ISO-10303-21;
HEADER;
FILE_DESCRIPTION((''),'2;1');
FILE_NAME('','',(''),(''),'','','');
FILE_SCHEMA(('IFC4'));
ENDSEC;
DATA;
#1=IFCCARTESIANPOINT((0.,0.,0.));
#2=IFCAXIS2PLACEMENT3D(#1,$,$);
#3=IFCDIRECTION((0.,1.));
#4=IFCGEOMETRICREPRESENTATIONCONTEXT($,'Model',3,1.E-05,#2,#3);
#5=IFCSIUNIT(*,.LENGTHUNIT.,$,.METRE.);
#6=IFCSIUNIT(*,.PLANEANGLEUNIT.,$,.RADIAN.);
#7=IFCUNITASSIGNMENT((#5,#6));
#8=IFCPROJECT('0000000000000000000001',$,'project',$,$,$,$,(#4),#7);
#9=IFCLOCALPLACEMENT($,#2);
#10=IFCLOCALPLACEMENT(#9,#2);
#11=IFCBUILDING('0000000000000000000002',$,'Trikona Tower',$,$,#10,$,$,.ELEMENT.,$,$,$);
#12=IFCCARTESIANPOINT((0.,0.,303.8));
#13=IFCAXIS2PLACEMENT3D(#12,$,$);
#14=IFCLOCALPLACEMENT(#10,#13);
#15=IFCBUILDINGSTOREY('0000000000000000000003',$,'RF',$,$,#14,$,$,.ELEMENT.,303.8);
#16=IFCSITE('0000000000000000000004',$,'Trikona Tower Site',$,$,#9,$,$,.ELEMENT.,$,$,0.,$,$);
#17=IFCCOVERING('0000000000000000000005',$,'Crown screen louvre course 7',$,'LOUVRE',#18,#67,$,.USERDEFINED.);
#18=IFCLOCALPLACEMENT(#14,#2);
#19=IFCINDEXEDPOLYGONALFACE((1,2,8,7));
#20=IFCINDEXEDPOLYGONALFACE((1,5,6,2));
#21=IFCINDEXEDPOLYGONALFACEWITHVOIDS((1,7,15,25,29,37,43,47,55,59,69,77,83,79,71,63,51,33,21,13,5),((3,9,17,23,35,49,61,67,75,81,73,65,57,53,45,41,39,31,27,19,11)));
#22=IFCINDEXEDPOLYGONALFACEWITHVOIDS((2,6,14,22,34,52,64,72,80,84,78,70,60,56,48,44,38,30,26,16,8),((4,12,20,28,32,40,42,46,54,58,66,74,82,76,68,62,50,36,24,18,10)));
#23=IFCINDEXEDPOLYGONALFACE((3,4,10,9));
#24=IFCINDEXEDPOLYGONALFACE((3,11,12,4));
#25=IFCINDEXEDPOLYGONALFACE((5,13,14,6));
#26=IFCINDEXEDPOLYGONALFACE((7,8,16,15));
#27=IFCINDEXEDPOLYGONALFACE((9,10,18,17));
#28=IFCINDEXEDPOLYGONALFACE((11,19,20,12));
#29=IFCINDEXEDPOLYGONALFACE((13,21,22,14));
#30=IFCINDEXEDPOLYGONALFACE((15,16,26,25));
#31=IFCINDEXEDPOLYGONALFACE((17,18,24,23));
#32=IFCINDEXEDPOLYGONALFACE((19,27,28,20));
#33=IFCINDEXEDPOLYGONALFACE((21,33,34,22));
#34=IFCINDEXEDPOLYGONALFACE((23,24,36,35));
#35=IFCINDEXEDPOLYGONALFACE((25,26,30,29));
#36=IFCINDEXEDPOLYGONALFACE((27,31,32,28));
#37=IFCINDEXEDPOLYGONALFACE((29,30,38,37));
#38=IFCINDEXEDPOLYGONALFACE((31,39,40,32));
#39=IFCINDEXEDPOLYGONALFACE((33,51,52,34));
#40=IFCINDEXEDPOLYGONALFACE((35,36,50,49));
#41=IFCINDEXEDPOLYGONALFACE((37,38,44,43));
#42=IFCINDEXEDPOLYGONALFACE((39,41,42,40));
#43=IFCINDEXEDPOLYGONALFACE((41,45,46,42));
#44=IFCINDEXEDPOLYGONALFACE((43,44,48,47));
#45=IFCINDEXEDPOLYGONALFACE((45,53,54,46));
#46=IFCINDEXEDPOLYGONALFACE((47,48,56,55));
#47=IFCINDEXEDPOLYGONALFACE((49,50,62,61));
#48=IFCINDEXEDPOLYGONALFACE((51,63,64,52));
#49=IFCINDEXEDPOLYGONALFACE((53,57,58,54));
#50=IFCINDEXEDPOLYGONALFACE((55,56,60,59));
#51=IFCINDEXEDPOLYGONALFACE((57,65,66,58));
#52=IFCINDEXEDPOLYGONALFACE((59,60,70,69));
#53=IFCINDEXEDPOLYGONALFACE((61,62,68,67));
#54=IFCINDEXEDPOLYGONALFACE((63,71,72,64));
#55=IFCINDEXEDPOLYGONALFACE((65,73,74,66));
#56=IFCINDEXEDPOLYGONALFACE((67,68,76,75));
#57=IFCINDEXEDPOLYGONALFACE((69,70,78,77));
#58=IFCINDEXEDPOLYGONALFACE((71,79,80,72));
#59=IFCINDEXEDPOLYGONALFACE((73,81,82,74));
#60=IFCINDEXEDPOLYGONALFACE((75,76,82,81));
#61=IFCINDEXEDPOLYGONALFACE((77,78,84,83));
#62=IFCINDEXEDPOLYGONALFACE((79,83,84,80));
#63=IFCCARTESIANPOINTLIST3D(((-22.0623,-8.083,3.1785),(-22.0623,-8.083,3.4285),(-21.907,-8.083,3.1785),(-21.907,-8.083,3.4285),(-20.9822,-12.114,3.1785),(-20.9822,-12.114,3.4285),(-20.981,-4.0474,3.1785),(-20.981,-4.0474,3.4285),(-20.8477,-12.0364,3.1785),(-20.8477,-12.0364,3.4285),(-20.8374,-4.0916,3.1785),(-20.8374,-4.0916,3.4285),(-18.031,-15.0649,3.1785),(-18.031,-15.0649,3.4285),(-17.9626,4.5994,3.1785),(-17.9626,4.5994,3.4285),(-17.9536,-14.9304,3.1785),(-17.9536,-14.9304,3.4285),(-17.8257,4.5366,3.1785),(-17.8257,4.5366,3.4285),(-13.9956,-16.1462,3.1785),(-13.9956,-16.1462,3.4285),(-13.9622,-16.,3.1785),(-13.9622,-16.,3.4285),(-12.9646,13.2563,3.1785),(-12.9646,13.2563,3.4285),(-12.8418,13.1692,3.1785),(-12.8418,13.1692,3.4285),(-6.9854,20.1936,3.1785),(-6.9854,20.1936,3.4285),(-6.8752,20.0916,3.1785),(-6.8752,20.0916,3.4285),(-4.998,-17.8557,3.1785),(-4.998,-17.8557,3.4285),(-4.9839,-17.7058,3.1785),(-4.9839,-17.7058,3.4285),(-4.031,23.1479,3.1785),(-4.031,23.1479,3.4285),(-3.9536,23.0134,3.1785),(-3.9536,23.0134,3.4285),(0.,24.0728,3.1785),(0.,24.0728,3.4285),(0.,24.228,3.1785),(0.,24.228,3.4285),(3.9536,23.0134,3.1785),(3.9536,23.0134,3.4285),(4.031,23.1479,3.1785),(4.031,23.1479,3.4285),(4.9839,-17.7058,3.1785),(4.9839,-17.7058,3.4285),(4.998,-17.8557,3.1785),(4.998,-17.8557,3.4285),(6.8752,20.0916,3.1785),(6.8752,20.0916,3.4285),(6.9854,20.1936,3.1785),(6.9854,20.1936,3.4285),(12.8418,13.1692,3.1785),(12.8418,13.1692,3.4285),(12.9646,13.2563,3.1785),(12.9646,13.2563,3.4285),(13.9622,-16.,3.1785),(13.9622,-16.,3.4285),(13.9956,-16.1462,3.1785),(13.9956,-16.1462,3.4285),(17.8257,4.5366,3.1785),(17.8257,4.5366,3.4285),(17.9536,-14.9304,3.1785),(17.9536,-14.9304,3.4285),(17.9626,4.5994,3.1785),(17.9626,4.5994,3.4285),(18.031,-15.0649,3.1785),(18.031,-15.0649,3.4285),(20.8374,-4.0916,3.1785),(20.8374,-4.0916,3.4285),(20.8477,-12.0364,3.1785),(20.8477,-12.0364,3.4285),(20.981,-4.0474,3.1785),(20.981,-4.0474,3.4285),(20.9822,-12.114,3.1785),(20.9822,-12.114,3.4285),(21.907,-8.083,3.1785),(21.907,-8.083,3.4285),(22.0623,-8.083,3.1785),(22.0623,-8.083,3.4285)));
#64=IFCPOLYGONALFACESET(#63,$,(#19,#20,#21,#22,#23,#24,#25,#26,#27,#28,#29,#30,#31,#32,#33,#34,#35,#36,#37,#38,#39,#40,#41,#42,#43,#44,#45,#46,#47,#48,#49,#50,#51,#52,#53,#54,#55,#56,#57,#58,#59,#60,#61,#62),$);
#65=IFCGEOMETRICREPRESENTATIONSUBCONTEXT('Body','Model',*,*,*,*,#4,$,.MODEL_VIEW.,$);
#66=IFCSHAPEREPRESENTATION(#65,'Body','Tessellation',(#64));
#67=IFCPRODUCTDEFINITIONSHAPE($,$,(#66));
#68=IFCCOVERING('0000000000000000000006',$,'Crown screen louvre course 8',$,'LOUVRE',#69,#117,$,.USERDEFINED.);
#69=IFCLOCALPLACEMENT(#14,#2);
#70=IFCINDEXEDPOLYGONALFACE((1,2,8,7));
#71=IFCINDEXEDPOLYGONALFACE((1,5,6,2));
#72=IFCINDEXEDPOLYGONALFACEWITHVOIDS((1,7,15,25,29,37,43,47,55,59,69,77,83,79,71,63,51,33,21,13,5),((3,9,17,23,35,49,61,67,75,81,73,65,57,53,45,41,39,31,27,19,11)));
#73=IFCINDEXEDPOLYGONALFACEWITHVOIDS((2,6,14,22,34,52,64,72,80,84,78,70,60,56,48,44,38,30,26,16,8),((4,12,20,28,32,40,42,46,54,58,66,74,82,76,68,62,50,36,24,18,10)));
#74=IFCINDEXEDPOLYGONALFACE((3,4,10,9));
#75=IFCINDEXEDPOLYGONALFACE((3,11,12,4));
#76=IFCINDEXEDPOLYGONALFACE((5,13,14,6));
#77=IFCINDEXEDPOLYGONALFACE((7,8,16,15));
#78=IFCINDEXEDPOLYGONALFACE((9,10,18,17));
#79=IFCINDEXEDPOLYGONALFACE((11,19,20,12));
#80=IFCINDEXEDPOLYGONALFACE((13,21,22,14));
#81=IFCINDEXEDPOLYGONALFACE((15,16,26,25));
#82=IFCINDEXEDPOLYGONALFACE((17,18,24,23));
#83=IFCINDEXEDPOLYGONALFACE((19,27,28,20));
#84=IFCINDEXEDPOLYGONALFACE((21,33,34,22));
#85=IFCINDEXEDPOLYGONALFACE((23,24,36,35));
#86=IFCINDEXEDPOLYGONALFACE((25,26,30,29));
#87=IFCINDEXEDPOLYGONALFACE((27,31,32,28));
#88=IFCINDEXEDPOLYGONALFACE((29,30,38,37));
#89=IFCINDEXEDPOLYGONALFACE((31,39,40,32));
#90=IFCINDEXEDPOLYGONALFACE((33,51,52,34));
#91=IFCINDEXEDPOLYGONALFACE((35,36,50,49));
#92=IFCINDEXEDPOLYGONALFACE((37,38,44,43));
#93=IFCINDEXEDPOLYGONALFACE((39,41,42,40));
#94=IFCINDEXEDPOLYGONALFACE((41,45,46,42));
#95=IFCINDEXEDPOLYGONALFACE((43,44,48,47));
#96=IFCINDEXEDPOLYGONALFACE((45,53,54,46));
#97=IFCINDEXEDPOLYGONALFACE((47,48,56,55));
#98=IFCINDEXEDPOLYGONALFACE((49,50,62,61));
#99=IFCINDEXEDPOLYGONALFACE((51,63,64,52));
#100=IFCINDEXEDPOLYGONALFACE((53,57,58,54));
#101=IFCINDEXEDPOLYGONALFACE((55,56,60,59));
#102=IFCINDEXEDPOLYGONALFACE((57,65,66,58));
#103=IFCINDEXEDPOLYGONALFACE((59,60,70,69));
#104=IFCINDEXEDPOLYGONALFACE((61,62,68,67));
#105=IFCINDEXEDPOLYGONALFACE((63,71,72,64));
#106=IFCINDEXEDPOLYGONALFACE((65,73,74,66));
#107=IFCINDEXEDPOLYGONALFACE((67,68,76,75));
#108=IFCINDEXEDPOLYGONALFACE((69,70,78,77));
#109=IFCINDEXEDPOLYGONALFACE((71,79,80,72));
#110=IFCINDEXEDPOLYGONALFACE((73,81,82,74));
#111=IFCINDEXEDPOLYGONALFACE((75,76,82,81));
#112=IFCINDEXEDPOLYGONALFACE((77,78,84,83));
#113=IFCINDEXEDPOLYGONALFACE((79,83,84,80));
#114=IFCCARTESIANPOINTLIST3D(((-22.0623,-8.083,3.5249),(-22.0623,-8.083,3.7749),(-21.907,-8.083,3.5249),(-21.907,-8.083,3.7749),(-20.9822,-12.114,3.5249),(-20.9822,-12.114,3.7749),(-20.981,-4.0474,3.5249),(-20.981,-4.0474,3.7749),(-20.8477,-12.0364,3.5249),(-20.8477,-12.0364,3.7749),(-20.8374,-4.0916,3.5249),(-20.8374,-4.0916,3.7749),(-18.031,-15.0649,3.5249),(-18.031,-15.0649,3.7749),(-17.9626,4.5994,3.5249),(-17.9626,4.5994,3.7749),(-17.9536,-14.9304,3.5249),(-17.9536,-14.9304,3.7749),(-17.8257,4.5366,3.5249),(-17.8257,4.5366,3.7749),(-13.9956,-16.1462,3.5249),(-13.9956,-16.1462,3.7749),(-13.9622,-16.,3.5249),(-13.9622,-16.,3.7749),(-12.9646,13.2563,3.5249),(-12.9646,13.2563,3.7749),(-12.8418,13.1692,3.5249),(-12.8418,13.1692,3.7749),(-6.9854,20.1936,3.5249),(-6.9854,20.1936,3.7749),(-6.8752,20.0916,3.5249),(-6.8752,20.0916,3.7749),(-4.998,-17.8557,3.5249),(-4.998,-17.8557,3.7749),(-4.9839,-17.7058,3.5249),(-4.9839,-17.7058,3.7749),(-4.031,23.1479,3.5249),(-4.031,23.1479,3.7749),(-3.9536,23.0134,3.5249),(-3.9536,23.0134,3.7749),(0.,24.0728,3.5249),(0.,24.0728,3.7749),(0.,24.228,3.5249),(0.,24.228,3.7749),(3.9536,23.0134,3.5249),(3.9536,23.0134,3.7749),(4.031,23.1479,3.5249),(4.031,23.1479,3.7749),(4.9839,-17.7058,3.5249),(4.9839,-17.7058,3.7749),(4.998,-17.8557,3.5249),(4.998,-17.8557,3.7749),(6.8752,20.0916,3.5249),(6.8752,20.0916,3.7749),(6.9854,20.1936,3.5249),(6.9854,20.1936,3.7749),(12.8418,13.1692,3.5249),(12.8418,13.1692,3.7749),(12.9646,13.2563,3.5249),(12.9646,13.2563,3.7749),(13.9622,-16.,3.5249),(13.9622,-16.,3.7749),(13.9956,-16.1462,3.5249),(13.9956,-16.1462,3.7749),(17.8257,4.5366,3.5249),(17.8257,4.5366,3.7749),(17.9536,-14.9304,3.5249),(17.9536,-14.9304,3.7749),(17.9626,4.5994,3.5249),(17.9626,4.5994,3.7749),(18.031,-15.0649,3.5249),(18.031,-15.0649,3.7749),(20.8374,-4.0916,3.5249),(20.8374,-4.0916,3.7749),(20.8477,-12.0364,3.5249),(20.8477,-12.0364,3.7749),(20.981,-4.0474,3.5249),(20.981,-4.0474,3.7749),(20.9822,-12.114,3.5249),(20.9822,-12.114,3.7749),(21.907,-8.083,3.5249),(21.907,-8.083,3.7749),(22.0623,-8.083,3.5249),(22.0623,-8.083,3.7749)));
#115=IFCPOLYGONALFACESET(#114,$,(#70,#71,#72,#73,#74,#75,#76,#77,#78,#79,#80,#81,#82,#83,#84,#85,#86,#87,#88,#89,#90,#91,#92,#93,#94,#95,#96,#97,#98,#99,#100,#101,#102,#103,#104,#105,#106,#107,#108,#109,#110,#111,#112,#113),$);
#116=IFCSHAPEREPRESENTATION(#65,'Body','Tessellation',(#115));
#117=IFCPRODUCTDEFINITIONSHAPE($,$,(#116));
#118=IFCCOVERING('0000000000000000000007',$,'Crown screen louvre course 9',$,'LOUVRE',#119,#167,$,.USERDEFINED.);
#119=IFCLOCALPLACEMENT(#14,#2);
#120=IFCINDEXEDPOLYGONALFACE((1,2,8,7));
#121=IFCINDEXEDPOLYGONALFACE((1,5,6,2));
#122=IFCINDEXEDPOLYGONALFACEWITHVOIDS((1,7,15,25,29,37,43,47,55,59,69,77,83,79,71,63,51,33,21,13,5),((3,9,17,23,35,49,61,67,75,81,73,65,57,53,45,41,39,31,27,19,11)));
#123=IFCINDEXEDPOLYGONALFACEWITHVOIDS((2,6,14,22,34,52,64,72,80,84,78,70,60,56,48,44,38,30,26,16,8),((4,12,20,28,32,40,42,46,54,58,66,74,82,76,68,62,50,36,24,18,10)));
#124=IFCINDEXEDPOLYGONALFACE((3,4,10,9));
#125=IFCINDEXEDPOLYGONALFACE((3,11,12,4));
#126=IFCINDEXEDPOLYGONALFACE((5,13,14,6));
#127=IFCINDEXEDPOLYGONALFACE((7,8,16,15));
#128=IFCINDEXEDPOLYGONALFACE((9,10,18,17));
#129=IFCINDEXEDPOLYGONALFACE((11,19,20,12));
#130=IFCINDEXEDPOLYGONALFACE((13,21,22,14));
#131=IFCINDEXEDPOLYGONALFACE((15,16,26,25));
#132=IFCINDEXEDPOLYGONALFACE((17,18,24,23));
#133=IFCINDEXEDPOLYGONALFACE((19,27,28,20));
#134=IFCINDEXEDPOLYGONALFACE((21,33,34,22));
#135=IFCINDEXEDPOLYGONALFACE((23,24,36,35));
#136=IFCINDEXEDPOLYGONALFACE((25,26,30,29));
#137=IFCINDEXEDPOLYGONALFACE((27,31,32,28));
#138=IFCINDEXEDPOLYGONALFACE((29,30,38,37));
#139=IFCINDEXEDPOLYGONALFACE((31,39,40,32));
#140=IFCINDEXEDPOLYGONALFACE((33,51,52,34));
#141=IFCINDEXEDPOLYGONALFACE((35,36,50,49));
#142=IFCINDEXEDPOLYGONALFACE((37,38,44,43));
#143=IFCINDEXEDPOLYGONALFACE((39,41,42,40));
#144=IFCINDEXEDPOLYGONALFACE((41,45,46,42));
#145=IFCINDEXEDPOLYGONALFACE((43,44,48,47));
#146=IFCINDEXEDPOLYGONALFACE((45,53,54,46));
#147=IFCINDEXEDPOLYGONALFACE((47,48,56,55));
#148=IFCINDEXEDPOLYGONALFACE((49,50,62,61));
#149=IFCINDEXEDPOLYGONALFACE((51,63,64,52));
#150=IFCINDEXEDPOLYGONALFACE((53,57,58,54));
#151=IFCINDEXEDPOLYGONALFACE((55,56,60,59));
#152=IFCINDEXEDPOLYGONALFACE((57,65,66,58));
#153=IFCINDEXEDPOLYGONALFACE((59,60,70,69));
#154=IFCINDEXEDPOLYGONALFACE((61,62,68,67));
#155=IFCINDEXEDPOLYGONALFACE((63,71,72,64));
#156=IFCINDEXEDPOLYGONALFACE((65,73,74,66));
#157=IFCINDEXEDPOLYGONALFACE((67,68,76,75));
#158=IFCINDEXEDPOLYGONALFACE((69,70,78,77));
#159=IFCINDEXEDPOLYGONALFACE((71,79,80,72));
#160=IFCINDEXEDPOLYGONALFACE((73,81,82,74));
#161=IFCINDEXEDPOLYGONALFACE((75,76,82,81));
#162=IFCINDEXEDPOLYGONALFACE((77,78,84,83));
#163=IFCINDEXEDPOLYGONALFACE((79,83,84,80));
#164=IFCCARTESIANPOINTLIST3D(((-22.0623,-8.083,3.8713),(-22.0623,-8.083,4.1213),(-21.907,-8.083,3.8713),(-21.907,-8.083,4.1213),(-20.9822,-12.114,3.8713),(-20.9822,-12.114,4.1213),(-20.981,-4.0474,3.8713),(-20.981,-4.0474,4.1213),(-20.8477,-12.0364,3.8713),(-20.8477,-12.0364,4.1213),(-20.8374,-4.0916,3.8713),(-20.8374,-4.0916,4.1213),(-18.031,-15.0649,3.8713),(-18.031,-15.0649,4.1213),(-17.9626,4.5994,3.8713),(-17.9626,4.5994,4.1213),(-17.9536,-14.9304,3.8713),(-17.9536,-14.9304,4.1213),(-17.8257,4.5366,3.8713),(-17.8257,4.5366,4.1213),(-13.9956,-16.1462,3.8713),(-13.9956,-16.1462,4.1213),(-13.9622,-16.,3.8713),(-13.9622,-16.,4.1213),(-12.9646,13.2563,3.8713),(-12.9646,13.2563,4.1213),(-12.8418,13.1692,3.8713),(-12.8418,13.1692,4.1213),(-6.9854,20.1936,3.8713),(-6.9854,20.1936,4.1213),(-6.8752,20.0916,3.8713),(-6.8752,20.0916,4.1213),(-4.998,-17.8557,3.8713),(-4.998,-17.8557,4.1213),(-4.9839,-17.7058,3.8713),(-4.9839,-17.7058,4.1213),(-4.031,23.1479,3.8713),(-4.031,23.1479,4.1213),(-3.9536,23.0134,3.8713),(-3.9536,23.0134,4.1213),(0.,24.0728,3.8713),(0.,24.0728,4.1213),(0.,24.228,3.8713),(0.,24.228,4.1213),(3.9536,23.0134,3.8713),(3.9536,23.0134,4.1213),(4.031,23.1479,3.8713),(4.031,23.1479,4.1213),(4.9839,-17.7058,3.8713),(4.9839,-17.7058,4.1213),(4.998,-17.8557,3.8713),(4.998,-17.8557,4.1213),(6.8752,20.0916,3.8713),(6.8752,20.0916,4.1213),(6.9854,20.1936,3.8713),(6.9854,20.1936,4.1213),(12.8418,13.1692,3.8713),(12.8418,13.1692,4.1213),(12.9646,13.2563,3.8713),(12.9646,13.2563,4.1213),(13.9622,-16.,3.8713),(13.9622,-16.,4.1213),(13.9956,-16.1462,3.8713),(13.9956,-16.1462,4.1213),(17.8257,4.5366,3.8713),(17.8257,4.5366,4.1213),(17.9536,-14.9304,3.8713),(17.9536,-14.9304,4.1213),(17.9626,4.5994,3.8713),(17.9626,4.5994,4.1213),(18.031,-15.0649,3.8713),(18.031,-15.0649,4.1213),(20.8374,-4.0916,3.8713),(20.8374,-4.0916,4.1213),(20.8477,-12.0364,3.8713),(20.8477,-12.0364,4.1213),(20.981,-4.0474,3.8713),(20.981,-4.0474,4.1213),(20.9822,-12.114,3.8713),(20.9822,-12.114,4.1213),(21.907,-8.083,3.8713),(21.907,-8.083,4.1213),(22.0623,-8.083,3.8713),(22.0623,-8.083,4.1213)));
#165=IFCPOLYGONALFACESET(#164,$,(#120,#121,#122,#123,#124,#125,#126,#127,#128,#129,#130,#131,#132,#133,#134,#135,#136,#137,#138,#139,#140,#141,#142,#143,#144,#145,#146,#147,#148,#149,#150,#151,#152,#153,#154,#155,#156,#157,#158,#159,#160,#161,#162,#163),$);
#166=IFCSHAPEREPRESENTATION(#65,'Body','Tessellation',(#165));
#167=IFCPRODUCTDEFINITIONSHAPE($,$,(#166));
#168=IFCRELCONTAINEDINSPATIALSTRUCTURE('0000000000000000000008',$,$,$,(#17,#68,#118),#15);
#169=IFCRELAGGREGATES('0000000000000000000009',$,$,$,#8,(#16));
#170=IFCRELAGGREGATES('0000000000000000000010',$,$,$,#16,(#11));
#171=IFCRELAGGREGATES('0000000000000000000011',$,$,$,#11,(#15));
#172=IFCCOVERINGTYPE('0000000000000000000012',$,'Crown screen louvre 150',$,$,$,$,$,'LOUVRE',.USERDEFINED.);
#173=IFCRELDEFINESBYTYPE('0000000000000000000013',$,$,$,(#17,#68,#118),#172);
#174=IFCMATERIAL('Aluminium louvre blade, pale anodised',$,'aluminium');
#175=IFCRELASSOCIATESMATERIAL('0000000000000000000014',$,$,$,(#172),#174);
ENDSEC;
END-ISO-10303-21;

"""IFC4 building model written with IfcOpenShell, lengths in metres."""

from ifc_helpers import new_model, si_unit, direction, frame, origin, place, context, subcontext, project, spatial, polyline, outline, extrude, material, type_object, element, save


model = new_model("IFC4")

# Units and contexts
model_context = context("Model", 3, precision=1e-05, world=origin(), true_north=direction((0.0, 1.0)))
body_context = subcontext(model_context, "Body", "Model", "MODEL_VIEW")
ifc_project = project(units=[si_unit("LENGTHUNIT", "METRE"), si_unit("PLANEANGLEUNIT", "RADIAN")], contexts=[model_context])

# Site, building, storey
site_placement = place(None, origin())
site = spatial("IfcSite", under=ifc_project, at=site_placement, Name="Trikona Tower Site", CompositionType="ELEMENT", RefElevation=0.0)
building_placement = place(site_placement, origin())
building = spatial("IfcBuilding", under=site, at=building_placement, Name="Trikona Tower", CompositionType="ELEMENT")
storey_placement = place(building_placement, frame((0.0, 0.0, 303.8)))
storey = spatial("IfcBuildingStorey", under=building, at=storey_placement, Name="RF", CompositionType="ELEMENT", Elevation=303.8)

# Coverings
ifc_material_1 = material(Name="Aluminium louvre blade, pale anodised", Category="aluminium")
covering_type_1 = type_object("IfcCoveringType", Name="Crown screen louvre 150", ElementType="LOUVRE", PredefinedType="USERDEFINED", material=ifc_material_1)
for number, where, name in (
    (1, (0.0, 0.0, 3.1785), "Crown screen louvre course 7"),
    (2, (0.0, 0.0, 3.5249), "Crown screen louvre course 8"),
    (3, (0.0, 0.0, 3.8713), "Crown screen louvre course 9"),
):
    element("IfcCovering", number, at=place(storey_placement, frame(where)), inside=storey, type_object=covering_type_1, Name=name, ObjectType="LOUVRE", PredefinedType="USERDEFINED", context=body_context, shape_type="SweptSolid", body=[
        extrude(outline(polyline([(-13.9956, -16.1462), (-18.031, -15.0649), (-20.9822, -12.114), (-22.0623, -8.083), (-20.981, -4.0474), (-17.9626, 4.5994), (-12.9646, 13.2563), (-6.9854, 20.1936), (-4.031, 23.1479), (0.0, 24.228), (4.031, 23.1479), (6.9854, 20.1936), (12.9646, 13.2563), (17.9626, 4.5994), (20.981, -4.0474), (22.0623, -8.083), (20.9822, -12.114), (18.031, -15.0649), (13.9956, -16.1462), (4.998, -17.8557), (-4.998, -17.8557), (-13.9956, -16.1462)]), holes=[polyline([(-13.9622, -16.0), (-17.9536, -14.9304), (-20.8477, -12.0364), (-21.907, -8.083), (-20.8374, -4.0916), (-17.8257, 4.5366), (-12.8418, 13.1692), (-6.8752, 20.0916), (-3.9536, 23.0134), (0.0, 24.0728), (3.9536, 23.0134), (6.8752, 20.0916), (12.8418, 13.1692), (17.8257, 4.5366), (20.8374, -4.0916), (21.907, -8.083), (20.8477, -12.0364), (17.9536, -14.9304), (13.9622, -16.0), (4.9839, -17.7058), (-4.9839, -17.7058), (-13.9622, -16.0)])]), origin(), (0.0, 0.0, 1.0), 0.25),
    ])

save(model, "model.ifc")
